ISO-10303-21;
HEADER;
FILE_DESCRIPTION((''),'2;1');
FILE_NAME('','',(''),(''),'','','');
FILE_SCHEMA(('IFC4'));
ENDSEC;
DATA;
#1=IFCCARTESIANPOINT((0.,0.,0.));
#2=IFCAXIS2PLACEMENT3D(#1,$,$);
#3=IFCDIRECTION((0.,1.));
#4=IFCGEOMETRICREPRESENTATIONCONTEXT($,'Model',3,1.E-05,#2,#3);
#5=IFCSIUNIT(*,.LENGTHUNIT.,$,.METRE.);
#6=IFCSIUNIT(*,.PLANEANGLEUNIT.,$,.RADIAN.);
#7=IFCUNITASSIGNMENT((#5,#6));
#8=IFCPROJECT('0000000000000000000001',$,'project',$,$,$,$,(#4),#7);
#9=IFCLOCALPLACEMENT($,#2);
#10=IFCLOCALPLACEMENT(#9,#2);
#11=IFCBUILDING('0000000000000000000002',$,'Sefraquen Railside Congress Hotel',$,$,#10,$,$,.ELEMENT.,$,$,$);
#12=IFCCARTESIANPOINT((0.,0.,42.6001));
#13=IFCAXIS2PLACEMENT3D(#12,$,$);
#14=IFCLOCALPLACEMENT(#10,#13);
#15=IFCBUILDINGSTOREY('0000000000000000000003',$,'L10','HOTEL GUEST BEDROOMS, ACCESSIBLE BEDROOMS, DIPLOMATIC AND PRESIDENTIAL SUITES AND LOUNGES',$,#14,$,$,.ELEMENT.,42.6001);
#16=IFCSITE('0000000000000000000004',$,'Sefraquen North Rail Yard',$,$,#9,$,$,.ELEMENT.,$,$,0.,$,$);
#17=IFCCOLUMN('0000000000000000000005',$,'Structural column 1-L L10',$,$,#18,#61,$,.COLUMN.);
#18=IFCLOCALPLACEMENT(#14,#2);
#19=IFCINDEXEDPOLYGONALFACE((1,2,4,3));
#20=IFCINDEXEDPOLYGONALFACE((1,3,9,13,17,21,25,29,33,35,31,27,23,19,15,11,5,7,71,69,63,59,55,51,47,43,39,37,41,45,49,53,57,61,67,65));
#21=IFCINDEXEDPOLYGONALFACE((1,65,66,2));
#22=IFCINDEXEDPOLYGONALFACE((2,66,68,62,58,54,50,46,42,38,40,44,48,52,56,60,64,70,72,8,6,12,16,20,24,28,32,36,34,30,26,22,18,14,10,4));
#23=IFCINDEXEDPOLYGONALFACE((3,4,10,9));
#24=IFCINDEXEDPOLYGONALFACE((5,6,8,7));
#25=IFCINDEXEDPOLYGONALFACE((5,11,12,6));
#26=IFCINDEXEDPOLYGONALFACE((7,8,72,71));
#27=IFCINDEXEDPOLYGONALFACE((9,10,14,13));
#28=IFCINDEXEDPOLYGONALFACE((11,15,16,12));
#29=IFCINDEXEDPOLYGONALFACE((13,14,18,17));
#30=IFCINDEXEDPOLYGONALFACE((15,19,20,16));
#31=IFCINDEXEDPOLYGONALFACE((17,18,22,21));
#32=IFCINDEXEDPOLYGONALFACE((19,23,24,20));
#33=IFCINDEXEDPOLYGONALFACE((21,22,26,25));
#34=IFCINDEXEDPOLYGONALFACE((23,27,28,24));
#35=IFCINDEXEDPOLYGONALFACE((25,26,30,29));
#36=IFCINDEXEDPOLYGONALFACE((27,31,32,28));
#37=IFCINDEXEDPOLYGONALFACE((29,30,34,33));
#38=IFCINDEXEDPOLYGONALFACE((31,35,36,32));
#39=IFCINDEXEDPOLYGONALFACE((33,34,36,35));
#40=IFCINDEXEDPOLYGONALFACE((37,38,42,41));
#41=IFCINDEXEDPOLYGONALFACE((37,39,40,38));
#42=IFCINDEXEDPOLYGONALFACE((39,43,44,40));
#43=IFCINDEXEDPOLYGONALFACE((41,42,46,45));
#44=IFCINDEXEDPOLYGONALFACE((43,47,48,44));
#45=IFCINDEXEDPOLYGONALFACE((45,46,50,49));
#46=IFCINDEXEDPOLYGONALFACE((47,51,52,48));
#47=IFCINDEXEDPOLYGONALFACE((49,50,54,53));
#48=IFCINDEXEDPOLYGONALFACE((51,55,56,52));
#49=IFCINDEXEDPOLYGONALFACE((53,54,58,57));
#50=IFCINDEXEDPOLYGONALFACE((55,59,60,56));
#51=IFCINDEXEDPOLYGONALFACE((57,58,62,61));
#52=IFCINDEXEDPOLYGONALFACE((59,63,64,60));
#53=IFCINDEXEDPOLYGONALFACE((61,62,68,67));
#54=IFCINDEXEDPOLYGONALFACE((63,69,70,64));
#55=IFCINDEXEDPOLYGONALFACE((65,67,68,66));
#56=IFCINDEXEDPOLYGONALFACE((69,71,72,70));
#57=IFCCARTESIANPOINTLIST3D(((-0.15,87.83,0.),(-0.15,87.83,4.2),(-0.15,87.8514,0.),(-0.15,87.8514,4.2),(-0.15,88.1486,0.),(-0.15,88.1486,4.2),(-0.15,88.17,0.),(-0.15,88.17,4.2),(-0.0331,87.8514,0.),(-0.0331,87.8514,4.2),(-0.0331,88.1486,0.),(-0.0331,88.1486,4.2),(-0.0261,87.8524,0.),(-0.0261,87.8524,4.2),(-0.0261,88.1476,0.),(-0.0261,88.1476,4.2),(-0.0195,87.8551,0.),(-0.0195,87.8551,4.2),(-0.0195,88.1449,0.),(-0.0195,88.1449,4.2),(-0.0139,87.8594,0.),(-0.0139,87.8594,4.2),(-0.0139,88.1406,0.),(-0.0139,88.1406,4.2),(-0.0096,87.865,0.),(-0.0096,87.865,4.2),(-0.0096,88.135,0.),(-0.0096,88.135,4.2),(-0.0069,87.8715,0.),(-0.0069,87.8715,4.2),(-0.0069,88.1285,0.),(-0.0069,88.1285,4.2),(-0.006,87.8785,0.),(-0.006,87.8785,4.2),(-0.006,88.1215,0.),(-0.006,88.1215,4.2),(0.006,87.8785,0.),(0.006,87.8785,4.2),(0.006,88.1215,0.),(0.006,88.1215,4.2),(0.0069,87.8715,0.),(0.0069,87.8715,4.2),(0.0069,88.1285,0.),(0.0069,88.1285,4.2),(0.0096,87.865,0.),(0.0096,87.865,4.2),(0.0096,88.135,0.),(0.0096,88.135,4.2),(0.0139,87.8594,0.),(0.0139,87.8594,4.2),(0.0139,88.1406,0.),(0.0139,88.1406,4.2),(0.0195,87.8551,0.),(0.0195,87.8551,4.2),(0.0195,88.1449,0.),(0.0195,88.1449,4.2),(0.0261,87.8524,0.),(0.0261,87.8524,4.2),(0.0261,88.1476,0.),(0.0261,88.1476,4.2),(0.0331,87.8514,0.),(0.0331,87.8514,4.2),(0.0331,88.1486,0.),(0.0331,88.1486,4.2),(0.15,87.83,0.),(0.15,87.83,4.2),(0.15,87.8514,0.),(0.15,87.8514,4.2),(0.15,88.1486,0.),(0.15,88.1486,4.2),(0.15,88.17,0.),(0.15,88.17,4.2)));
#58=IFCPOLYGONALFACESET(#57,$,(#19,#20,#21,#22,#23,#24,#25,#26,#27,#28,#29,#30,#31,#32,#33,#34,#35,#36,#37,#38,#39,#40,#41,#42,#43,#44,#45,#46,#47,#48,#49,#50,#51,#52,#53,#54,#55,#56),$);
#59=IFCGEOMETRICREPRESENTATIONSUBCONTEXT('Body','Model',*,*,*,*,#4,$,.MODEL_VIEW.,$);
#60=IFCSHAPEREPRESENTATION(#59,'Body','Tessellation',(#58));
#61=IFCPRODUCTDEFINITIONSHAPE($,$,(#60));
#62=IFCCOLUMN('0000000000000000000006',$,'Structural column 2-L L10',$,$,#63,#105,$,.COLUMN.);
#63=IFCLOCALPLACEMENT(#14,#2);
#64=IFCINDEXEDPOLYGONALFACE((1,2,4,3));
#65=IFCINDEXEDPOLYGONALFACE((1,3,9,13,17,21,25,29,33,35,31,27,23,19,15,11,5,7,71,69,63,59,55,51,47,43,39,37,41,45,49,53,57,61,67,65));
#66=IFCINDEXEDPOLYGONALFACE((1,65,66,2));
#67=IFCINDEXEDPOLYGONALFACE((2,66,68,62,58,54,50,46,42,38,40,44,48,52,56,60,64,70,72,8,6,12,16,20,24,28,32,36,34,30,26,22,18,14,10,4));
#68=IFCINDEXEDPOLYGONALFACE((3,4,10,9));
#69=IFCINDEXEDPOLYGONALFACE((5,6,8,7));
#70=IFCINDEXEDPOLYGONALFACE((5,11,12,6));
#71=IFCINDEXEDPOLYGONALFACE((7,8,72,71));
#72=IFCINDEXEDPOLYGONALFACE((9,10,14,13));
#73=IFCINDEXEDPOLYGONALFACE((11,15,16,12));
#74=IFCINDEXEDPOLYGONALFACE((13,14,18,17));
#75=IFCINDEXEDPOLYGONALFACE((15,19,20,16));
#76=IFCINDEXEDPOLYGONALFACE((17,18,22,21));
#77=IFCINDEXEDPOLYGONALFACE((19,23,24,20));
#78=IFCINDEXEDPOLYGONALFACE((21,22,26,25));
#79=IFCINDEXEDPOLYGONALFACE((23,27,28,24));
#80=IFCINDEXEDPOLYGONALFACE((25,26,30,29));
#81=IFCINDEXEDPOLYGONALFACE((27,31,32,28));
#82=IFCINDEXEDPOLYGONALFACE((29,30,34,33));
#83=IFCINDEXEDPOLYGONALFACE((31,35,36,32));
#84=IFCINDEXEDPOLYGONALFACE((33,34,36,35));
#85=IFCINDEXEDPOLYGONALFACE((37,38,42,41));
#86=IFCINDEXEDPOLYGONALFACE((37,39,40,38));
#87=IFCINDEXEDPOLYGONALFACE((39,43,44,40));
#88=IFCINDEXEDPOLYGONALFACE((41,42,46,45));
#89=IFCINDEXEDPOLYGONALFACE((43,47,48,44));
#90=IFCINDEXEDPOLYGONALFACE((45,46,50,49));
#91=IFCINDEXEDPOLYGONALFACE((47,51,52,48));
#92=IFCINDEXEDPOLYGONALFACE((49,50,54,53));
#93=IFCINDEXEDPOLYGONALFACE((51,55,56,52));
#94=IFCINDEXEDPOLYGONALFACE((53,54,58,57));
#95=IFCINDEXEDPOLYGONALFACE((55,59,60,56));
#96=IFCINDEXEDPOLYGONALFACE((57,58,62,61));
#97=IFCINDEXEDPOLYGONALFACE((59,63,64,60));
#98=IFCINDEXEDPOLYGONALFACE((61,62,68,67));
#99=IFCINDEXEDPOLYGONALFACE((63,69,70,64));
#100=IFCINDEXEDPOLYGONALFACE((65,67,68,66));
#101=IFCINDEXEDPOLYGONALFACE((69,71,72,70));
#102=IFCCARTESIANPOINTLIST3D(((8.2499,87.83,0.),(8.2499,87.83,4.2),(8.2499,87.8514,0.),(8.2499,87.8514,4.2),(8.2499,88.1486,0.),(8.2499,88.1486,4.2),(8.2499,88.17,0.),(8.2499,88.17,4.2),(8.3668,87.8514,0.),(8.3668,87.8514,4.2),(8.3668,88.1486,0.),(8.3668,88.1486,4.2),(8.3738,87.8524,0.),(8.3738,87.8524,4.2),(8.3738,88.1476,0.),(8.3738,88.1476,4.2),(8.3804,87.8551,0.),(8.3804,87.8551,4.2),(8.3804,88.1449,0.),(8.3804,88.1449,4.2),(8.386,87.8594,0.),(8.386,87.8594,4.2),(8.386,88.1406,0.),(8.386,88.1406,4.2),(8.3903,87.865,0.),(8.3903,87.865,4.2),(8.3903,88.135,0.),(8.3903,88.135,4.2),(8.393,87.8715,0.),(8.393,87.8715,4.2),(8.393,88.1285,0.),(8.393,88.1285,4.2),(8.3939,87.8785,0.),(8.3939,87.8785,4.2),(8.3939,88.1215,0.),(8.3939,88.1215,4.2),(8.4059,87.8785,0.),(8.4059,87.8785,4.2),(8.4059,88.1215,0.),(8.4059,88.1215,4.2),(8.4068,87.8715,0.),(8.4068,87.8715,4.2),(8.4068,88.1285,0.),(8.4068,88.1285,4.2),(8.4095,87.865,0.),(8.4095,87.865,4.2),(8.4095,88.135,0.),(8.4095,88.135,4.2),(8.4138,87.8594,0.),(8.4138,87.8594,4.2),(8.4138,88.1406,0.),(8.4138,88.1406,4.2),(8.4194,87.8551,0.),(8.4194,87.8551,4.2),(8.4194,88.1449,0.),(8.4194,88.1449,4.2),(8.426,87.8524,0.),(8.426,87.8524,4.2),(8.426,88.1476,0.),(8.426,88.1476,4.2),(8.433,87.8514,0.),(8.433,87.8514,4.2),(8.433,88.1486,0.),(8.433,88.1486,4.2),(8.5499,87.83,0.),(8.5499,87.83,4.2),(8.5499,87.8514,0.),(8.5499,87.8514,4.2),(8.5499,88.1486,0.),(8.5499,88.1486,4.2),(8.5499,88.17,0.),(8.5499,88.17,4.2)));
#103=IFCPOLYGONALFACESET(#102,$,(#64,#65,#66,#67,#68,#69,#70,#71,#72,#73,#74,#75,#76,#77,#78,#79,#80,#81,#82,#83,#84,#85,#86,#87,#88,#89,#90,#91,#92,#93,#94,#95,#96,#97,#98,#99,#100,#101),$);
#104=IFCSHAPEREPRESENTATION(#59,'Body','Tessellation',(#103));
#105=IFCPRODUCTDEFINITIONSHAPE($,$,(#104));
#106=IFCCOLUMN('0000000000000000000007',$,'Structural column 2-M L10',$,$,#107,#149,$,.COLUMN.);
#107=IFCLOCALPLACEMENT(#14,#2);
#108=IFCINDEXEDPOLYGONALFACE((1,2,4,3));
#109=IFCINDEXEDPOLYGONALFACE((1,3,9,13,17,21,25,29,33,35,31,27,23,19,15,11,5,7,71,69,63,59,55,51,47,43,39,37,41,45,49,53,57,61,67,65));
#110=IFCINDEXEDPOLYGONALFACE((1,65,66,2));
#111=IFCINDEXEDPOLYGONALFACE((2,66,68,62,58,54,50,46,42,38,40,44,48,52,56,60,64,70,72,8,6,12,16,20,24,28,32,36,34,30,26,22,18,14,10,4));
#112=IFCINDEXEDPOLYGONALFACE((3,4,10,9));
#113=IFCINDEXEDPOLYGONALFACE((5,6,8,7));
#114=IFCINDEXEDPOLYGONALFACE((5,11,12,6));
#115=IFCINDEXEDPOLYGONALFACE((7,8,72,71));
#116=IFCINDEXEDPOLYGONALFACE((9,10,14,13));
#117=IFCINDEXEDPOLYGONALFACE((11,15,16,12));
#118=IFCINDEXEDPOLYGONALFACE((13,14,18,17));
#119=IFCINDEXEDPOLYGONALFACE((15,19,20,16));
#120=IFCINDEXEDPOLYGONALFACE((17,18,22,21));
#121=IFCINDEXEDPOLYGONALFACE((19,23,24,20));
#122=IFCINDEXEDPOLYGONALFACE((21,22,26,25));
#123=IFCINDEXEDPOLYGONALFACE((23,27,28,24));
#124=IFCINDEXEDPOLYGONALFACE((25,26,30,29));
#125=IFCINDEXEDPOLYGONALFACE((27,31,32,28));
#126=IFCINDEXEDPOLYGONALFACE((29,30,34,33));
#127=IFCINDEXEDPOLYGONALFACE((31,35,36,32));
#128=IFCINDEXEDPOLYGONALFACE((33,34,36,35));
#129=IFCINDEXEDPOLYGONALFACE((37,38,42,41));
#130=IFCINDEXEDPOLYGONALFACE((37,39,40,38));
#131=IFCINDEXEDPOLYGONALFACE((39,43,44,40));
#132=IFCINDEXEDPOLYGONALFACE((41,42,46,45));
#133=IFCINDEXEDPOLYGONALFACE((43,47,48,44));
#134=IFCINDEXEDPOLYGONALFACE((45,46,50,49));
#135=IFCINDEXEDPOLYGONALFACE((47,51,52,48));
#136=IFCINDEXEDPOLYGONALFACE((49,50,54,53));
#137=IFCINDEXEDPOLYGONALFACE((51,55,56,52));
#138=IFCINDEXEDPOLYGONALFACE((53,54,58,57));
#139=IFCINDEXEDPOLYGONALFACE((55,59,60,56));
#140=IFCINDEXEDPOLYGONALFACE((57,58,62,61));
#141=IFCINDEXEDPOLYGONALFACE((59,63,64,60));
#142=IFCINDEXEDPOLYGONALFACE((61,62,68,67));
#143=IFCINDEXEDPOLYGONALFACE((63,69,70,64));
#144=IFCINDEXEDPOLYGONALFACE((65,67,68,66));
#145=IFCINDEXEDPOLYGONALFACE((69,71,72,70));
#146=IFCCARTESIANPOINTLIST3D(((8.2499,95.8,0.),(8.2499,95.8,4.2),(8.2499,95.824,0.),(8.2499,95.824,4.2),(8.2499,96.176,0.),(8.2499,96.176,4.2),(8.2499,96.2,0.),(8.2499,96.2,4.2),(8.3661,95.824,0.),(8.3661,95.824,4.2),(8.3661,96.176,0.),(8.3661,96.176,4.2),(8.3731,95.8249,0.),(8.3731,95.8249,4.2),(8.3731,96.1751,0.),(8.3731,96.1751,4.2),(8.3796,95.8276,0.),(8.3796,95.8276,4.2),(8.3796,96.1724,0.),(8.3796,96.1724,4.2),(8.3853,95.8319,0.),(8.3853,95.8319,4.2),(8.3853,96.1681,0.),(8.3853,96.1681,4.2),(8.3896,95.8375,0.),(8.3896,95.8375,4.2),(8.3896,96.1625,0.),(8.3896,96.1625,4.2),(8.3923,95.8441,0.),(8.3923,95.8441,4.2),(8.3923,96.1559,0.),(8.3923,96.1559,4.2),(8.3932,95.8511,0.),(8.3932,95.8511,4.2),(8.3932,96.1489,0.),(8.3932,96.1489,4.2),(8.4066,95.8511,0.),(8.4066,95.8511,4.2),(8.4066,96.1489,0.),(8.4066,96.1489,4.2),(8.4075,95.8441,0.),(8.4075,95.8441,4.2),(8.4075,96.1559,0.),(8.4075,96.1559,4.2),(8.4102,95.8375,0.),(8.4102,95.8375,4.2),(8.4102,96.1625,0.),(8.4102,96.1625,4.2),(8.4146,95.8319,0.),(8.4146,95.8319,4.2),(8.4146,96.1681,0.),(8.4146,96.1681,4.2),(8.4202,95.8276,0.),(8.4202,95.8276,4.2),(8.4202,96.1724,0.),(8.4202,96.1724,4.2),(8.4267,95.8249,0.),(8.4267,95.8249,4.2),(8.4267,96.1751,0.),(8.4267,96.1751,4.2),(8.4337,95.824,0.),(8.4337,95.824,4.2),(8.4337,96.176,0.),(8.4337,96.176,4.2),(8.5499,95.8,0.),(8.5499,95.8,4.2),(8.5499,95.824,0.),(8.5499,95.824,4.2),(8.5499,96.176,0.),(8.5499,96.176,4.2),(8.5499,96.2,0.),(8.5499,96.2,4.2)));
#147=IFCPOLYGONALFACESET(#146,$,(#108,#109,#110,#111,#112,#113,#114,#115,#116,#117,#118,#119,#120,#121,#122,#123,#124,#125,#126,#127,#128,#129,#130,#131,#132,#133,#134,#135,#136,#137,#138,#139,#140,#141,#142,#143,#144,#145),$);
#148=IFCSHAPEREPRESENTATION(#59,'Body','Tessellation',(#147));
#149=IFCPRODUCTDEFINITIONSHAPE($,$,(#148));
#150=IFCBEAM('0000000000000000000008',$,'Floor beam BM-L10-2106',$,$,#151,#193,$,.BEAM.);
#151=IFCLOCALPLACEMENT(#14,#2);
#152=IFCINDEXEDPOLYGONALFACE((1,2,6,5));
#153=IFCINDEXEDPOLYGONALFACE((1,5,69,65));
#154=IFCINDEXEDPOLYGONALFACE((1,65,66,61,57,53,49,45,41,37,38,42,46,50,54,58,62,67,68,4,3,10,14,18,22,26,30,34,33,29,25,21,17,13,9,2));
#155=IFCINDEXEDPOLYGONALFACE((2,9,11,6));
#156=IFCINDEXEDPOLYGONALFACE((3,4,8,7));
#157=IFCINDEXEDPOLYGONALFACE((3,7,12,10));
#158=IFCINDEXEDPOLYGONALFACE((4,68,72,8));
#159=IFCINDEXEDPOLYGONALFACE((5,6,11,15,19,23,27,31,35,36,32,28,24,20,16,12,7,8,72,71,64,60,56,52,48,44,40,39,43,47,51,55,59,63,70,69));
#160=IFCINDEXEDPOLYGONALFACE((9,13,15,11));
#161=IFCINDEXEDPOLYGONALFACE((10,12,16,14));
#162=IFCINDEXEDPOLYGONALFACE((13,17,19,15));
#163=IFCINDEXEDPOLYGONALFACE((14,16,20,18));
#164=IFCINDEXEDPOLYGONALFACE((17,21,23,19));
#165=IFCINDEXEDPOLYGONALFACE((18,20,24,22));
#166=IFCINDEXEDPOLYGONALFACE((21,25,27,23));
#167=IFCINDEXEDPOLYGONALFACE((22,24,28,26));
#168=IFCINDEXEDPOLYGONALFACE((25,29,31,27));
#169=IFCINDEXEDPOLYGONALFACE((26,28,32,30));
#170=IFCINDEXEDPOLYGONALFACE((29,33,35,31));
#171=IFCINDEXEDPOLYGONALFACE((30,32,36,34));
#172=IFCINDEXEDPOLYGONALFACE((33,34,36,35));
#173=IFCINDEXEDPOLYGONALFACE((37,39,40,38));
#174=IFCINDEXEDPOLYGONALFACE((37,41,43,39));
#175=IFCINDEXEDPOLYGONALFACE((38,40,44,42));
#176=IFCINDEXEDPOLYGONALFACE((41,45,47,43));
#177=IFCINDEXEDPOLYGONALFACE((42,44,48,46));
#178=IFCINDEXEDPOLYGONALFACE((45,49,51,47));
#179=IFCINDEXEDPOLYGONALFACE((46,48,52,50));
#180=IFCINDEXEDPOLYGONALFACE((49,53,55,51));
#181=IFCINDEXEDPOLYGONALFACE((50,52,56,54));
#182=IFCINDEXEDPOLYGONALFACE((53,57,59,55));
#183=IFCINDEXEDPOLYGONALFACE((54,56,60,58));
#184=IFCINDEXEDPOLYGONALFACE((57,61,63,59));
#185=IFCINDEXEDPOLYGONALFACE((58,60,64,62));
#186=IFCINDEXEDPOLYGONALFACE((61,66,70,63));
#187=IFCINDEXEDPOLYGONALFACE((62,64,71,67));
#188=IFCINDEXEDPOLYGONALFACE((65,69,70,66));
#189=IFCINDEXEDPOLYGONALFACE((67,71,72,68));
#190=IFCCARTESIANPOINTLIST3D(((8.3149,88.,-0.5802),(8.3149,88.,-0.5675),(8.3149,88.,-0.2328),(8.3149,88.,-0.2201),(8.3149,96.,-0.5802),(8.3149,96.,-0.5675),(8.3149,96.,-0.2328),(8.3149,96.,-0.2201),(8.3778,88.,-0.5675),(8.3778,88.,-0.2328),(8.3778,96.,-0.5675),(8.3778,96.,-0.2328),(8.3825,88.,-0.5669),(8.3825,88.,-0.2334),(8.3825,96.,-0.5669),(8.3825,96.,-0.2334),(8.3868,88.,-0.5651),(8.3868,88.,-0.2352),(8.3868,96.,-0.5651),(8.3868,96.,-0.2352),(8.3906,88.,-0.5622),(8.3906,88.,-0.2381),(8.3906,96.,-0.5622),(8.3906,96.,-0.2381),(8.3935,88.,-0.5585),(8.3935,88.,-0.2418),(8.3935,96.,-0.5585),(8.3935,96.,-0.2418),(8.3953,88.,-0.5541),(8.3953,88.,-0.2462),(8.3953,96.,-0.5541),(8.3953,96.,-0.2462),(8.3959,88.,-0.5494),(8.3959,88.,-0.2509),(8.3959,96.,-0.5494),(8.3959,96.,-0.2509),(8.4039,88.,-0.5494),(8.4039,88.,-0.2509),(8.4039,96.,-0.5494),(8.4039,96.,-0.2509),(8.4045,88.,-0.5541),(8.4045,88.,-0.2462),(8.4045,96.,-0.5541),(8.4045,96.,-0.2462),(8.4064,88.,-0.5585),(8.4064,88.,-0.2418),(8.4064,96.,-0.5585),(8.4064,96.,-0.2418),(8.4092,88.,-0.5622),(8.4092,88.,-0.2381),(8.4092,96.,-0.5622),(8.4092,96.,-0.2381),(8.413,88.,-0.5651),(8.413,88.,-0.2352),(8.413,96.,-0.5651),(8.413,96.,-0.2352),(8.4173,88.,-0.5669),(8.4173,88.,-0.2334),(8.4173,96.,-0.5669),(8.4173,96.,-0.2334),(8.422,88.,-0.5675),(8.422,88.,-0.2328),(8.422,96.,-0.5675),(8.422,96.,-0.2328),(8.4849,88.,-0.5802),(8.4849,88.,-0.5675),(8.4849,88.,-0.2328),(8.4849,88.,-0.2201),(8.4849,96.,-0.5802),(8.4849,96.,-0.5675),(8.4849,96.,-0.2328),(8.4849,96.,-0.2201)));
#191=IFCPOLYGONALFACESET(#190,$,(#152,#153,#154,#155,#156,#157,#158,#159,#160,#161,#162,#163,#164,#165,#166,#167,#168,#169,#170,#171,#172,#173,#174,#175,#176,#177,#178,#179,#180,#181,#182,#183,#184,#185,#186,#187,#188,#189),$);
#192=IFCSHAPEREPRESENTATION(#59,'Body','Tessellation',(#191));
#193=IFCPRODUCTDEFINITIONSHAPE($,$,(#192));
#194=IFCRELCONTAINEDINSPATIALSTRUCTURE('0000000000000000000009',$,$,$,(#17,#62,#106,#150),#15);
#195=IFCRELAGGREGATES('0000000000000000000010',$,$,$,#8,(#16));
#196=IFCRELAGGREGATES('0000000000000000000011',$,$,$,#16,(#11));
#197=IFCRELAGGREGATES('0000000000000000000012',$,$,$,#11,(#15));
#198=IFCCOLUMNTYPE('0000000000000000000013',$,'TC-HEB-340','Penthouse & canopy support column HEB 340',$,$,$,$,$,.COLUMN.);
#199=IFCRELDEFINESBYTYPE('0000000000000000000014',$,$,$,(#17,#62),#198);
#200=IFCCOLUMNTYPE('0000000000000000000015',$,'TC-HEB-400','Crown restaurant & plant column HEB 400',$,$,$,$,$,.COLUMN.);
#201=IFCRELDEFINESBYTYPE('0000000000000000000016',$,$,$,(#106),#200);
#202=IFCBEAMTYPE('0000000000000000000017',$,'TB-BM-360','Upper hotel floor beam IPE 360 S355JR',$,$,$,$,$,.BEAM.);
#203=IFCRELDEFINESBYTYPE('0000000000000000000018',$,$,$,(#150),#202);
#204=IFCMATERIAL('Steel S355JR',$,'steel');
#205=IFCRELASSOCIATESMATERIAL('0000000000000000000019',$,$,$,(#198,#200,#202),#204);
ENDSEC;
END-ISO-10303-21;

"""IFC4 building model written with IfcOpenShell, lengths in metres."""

from ifc_helpers import new_model, si_unit, direction, frame, origin, origin_2d, place, context, subcontext, project, spatial, i_section, extrude, material, material_profile, profile_set, type_object, element, save


model = new_model("IFC4")

# Units and contexts
model_context = context("Model", 3, precision=1e-05, world=origin(), true_north=direction((0.0, 1.0)))
body_context = subcontext(model_context, "Body", "Model", "MODEL_VIEW")
ifc_project = project(units=[si_unit("LENGTHUNIT", "METRE"), si_unit("PLANEANGLEUNIT", "RADIAN")], contexts=[model_context])

# Site, building, storey
site_placement = place(None, origin())
site = spatial("IfcSite", under=ifc_project, at=site_placement, Name="Sefraquen North Rail Yard", CompositionType="ELEMENT", RefElevation=0.0)
building_placement = place(site_placement, origin())
building = spatial("IfcBuilding", under=site, at=building_placement, Name="Sefraquen Railside Congress Hotel", CompositionType="ELEMENT")
storey_placement = place(building_placement, frame((0.0, 0.0, 42.6001)))
storey = spatial("IfcBuildingStorey", under=building, at=storey_placement, Name="L10", Description="HOTEL GUEST BEDROOMS, ACCESSIBLE BEDROOMS, DIPLOMATIC AND PRESIDENTIAL SUITES AND LOUNGES", CompositionType="ELEMENT", Elevation=42.6001)

# Columns
ifc_material_1 = material(Name="Steel S355JR", Category="steel")
ifc_material_profile_1 = material_profile(ifc_material_1, i_section(OverallWidth=0.3, OverallDepth=0.3401, WebThickness=0.012, FlangeThickness=0.0215, FilletRadius=0.0271, at=origin_2d()), Name="HEB 340")
ifc_profile_set_1 = profile_set([ifc_material_profile_1], Name="Steel S355JR")
column_type_1 = type_object("IfcColumnType", Name="TC-HEB-340", Description="Penthouse & canopy support column HEB 340", PredefinedType="COLUMN", material=ifc_profile_set_1)
for number, where, z_axis, x_axis, name in (
    (1, (0.0, 88.0, 0.0), (0.0, 0.0, 1.0), (1.0, 0.0, 0.0), "Structural column 1-L L10"),
    (2, (8.3999, 88.0, 0.0), (0.0, 0.0, 1.0), (1.0, 0.0, 0.0), "Structural column 2-L L10"),
):
    element("IfcColumn", number, at=place(storey_placement, frame(where, z_axis=z_axis, x_axis=x_axis)), inside=storey, type_object=column_type_1, Name=name, PredefinedType="COLUMN", context=body_context, shape_type="SweptSolid", body=[
        extrude(i_section(OverallWidth=0.3, OverallDepth=0.3401, WebThickness=0.012, FlangeThickness=0.0215, FilletRadius=0.0271, at=origin_2d()), origin(), (0.0, 0.0, 1.0), 4.2),
    ])
ifc_material_profile_2 = material_profile(ifc_material_1, i_section(OverallWidth=0.3, OverallDepth=0.3999, WebThickness=0.0134, FlangeThickness=0.0239, FilletRadius=0.0271, at=origin_2d()), Name="HEB 400")
ifc_profile_set_2 = profile_set([ifc_material_profile_2], Name="Steel S355JR")
column_type_2 = type_object("IfcColumnType", Name="TC-HEB-400", Description="Crown restaurant & plant column HEB 400", PredefinedType="COLUMN", material=ifc_profile_set_2)
column_placement = place(storey_placement, frame((8.3999, 96.0, 0.0), z_axis=(0.0, 0.0, 1.0), x_axis=(1.0, 0.0, 0.0)))
element("IfcColumn", 3, at=column_placement, inside=storey, type_object=column_type_2, Name="Structural column 2-M L10", PredefinedType="COLUMN", context=body_context, shape_type="SweptSolid", body=[
    extrude(i_section(OverallWidth=0.3, OverallDepth=0.3999, WebThickness=0.0134, FlangeThickness=0.0239, FilletRadius=0.0271, at=origin_2d()), origin(), (0.0, 0.0, 1.0), 4.2),
])

# Beam
ifc_material_profile_3 = material_profile(ifc_material_1, i_section(OverallWidth=0.1699, OverallDepth=0.3601, WebThickness=0.0081, FlangeThickness=0.0127, FilletRadius=0.0181, at=origin_2d()), Name="IPE 360")
ifc_profile_set_3 = profile_set([ifc_material_profile_3], Name="Steel S355JR")
beam_type_1 = type_object("IfcBeamType", Name="TB-BM-360", Description="Upper hotel floor beam IPE 360 S355JR", PredefinedType="BEAM", material=ifc_profile_set_3)
beam_1_placement = place(storey_placement, frame((8.3999, 88.0, -0.4001), z_axis=(0.0, 1.0, 0.0), x_axis=(-1.0, 0.0, 0.0)))
element("IfcBeam", 4, at=beam_1_placement, inside=storey, type_object=beam_type_1, Name="Floor beam BM-L10-2106", PredefinedType="BEAM", context=body_context, shape_type="SweptSolid", body=[
    extrude(i_section(OverallWidth=0.1699, OverallDepth=0.3601, WebThickness=0.0081, FlangeThickness=0.0127, FilletRadius=0.0181, at=origin_2d()), origin(), (0.0, 0.0, 1.0), 8.0),
])

save(model, "model.ifc")
